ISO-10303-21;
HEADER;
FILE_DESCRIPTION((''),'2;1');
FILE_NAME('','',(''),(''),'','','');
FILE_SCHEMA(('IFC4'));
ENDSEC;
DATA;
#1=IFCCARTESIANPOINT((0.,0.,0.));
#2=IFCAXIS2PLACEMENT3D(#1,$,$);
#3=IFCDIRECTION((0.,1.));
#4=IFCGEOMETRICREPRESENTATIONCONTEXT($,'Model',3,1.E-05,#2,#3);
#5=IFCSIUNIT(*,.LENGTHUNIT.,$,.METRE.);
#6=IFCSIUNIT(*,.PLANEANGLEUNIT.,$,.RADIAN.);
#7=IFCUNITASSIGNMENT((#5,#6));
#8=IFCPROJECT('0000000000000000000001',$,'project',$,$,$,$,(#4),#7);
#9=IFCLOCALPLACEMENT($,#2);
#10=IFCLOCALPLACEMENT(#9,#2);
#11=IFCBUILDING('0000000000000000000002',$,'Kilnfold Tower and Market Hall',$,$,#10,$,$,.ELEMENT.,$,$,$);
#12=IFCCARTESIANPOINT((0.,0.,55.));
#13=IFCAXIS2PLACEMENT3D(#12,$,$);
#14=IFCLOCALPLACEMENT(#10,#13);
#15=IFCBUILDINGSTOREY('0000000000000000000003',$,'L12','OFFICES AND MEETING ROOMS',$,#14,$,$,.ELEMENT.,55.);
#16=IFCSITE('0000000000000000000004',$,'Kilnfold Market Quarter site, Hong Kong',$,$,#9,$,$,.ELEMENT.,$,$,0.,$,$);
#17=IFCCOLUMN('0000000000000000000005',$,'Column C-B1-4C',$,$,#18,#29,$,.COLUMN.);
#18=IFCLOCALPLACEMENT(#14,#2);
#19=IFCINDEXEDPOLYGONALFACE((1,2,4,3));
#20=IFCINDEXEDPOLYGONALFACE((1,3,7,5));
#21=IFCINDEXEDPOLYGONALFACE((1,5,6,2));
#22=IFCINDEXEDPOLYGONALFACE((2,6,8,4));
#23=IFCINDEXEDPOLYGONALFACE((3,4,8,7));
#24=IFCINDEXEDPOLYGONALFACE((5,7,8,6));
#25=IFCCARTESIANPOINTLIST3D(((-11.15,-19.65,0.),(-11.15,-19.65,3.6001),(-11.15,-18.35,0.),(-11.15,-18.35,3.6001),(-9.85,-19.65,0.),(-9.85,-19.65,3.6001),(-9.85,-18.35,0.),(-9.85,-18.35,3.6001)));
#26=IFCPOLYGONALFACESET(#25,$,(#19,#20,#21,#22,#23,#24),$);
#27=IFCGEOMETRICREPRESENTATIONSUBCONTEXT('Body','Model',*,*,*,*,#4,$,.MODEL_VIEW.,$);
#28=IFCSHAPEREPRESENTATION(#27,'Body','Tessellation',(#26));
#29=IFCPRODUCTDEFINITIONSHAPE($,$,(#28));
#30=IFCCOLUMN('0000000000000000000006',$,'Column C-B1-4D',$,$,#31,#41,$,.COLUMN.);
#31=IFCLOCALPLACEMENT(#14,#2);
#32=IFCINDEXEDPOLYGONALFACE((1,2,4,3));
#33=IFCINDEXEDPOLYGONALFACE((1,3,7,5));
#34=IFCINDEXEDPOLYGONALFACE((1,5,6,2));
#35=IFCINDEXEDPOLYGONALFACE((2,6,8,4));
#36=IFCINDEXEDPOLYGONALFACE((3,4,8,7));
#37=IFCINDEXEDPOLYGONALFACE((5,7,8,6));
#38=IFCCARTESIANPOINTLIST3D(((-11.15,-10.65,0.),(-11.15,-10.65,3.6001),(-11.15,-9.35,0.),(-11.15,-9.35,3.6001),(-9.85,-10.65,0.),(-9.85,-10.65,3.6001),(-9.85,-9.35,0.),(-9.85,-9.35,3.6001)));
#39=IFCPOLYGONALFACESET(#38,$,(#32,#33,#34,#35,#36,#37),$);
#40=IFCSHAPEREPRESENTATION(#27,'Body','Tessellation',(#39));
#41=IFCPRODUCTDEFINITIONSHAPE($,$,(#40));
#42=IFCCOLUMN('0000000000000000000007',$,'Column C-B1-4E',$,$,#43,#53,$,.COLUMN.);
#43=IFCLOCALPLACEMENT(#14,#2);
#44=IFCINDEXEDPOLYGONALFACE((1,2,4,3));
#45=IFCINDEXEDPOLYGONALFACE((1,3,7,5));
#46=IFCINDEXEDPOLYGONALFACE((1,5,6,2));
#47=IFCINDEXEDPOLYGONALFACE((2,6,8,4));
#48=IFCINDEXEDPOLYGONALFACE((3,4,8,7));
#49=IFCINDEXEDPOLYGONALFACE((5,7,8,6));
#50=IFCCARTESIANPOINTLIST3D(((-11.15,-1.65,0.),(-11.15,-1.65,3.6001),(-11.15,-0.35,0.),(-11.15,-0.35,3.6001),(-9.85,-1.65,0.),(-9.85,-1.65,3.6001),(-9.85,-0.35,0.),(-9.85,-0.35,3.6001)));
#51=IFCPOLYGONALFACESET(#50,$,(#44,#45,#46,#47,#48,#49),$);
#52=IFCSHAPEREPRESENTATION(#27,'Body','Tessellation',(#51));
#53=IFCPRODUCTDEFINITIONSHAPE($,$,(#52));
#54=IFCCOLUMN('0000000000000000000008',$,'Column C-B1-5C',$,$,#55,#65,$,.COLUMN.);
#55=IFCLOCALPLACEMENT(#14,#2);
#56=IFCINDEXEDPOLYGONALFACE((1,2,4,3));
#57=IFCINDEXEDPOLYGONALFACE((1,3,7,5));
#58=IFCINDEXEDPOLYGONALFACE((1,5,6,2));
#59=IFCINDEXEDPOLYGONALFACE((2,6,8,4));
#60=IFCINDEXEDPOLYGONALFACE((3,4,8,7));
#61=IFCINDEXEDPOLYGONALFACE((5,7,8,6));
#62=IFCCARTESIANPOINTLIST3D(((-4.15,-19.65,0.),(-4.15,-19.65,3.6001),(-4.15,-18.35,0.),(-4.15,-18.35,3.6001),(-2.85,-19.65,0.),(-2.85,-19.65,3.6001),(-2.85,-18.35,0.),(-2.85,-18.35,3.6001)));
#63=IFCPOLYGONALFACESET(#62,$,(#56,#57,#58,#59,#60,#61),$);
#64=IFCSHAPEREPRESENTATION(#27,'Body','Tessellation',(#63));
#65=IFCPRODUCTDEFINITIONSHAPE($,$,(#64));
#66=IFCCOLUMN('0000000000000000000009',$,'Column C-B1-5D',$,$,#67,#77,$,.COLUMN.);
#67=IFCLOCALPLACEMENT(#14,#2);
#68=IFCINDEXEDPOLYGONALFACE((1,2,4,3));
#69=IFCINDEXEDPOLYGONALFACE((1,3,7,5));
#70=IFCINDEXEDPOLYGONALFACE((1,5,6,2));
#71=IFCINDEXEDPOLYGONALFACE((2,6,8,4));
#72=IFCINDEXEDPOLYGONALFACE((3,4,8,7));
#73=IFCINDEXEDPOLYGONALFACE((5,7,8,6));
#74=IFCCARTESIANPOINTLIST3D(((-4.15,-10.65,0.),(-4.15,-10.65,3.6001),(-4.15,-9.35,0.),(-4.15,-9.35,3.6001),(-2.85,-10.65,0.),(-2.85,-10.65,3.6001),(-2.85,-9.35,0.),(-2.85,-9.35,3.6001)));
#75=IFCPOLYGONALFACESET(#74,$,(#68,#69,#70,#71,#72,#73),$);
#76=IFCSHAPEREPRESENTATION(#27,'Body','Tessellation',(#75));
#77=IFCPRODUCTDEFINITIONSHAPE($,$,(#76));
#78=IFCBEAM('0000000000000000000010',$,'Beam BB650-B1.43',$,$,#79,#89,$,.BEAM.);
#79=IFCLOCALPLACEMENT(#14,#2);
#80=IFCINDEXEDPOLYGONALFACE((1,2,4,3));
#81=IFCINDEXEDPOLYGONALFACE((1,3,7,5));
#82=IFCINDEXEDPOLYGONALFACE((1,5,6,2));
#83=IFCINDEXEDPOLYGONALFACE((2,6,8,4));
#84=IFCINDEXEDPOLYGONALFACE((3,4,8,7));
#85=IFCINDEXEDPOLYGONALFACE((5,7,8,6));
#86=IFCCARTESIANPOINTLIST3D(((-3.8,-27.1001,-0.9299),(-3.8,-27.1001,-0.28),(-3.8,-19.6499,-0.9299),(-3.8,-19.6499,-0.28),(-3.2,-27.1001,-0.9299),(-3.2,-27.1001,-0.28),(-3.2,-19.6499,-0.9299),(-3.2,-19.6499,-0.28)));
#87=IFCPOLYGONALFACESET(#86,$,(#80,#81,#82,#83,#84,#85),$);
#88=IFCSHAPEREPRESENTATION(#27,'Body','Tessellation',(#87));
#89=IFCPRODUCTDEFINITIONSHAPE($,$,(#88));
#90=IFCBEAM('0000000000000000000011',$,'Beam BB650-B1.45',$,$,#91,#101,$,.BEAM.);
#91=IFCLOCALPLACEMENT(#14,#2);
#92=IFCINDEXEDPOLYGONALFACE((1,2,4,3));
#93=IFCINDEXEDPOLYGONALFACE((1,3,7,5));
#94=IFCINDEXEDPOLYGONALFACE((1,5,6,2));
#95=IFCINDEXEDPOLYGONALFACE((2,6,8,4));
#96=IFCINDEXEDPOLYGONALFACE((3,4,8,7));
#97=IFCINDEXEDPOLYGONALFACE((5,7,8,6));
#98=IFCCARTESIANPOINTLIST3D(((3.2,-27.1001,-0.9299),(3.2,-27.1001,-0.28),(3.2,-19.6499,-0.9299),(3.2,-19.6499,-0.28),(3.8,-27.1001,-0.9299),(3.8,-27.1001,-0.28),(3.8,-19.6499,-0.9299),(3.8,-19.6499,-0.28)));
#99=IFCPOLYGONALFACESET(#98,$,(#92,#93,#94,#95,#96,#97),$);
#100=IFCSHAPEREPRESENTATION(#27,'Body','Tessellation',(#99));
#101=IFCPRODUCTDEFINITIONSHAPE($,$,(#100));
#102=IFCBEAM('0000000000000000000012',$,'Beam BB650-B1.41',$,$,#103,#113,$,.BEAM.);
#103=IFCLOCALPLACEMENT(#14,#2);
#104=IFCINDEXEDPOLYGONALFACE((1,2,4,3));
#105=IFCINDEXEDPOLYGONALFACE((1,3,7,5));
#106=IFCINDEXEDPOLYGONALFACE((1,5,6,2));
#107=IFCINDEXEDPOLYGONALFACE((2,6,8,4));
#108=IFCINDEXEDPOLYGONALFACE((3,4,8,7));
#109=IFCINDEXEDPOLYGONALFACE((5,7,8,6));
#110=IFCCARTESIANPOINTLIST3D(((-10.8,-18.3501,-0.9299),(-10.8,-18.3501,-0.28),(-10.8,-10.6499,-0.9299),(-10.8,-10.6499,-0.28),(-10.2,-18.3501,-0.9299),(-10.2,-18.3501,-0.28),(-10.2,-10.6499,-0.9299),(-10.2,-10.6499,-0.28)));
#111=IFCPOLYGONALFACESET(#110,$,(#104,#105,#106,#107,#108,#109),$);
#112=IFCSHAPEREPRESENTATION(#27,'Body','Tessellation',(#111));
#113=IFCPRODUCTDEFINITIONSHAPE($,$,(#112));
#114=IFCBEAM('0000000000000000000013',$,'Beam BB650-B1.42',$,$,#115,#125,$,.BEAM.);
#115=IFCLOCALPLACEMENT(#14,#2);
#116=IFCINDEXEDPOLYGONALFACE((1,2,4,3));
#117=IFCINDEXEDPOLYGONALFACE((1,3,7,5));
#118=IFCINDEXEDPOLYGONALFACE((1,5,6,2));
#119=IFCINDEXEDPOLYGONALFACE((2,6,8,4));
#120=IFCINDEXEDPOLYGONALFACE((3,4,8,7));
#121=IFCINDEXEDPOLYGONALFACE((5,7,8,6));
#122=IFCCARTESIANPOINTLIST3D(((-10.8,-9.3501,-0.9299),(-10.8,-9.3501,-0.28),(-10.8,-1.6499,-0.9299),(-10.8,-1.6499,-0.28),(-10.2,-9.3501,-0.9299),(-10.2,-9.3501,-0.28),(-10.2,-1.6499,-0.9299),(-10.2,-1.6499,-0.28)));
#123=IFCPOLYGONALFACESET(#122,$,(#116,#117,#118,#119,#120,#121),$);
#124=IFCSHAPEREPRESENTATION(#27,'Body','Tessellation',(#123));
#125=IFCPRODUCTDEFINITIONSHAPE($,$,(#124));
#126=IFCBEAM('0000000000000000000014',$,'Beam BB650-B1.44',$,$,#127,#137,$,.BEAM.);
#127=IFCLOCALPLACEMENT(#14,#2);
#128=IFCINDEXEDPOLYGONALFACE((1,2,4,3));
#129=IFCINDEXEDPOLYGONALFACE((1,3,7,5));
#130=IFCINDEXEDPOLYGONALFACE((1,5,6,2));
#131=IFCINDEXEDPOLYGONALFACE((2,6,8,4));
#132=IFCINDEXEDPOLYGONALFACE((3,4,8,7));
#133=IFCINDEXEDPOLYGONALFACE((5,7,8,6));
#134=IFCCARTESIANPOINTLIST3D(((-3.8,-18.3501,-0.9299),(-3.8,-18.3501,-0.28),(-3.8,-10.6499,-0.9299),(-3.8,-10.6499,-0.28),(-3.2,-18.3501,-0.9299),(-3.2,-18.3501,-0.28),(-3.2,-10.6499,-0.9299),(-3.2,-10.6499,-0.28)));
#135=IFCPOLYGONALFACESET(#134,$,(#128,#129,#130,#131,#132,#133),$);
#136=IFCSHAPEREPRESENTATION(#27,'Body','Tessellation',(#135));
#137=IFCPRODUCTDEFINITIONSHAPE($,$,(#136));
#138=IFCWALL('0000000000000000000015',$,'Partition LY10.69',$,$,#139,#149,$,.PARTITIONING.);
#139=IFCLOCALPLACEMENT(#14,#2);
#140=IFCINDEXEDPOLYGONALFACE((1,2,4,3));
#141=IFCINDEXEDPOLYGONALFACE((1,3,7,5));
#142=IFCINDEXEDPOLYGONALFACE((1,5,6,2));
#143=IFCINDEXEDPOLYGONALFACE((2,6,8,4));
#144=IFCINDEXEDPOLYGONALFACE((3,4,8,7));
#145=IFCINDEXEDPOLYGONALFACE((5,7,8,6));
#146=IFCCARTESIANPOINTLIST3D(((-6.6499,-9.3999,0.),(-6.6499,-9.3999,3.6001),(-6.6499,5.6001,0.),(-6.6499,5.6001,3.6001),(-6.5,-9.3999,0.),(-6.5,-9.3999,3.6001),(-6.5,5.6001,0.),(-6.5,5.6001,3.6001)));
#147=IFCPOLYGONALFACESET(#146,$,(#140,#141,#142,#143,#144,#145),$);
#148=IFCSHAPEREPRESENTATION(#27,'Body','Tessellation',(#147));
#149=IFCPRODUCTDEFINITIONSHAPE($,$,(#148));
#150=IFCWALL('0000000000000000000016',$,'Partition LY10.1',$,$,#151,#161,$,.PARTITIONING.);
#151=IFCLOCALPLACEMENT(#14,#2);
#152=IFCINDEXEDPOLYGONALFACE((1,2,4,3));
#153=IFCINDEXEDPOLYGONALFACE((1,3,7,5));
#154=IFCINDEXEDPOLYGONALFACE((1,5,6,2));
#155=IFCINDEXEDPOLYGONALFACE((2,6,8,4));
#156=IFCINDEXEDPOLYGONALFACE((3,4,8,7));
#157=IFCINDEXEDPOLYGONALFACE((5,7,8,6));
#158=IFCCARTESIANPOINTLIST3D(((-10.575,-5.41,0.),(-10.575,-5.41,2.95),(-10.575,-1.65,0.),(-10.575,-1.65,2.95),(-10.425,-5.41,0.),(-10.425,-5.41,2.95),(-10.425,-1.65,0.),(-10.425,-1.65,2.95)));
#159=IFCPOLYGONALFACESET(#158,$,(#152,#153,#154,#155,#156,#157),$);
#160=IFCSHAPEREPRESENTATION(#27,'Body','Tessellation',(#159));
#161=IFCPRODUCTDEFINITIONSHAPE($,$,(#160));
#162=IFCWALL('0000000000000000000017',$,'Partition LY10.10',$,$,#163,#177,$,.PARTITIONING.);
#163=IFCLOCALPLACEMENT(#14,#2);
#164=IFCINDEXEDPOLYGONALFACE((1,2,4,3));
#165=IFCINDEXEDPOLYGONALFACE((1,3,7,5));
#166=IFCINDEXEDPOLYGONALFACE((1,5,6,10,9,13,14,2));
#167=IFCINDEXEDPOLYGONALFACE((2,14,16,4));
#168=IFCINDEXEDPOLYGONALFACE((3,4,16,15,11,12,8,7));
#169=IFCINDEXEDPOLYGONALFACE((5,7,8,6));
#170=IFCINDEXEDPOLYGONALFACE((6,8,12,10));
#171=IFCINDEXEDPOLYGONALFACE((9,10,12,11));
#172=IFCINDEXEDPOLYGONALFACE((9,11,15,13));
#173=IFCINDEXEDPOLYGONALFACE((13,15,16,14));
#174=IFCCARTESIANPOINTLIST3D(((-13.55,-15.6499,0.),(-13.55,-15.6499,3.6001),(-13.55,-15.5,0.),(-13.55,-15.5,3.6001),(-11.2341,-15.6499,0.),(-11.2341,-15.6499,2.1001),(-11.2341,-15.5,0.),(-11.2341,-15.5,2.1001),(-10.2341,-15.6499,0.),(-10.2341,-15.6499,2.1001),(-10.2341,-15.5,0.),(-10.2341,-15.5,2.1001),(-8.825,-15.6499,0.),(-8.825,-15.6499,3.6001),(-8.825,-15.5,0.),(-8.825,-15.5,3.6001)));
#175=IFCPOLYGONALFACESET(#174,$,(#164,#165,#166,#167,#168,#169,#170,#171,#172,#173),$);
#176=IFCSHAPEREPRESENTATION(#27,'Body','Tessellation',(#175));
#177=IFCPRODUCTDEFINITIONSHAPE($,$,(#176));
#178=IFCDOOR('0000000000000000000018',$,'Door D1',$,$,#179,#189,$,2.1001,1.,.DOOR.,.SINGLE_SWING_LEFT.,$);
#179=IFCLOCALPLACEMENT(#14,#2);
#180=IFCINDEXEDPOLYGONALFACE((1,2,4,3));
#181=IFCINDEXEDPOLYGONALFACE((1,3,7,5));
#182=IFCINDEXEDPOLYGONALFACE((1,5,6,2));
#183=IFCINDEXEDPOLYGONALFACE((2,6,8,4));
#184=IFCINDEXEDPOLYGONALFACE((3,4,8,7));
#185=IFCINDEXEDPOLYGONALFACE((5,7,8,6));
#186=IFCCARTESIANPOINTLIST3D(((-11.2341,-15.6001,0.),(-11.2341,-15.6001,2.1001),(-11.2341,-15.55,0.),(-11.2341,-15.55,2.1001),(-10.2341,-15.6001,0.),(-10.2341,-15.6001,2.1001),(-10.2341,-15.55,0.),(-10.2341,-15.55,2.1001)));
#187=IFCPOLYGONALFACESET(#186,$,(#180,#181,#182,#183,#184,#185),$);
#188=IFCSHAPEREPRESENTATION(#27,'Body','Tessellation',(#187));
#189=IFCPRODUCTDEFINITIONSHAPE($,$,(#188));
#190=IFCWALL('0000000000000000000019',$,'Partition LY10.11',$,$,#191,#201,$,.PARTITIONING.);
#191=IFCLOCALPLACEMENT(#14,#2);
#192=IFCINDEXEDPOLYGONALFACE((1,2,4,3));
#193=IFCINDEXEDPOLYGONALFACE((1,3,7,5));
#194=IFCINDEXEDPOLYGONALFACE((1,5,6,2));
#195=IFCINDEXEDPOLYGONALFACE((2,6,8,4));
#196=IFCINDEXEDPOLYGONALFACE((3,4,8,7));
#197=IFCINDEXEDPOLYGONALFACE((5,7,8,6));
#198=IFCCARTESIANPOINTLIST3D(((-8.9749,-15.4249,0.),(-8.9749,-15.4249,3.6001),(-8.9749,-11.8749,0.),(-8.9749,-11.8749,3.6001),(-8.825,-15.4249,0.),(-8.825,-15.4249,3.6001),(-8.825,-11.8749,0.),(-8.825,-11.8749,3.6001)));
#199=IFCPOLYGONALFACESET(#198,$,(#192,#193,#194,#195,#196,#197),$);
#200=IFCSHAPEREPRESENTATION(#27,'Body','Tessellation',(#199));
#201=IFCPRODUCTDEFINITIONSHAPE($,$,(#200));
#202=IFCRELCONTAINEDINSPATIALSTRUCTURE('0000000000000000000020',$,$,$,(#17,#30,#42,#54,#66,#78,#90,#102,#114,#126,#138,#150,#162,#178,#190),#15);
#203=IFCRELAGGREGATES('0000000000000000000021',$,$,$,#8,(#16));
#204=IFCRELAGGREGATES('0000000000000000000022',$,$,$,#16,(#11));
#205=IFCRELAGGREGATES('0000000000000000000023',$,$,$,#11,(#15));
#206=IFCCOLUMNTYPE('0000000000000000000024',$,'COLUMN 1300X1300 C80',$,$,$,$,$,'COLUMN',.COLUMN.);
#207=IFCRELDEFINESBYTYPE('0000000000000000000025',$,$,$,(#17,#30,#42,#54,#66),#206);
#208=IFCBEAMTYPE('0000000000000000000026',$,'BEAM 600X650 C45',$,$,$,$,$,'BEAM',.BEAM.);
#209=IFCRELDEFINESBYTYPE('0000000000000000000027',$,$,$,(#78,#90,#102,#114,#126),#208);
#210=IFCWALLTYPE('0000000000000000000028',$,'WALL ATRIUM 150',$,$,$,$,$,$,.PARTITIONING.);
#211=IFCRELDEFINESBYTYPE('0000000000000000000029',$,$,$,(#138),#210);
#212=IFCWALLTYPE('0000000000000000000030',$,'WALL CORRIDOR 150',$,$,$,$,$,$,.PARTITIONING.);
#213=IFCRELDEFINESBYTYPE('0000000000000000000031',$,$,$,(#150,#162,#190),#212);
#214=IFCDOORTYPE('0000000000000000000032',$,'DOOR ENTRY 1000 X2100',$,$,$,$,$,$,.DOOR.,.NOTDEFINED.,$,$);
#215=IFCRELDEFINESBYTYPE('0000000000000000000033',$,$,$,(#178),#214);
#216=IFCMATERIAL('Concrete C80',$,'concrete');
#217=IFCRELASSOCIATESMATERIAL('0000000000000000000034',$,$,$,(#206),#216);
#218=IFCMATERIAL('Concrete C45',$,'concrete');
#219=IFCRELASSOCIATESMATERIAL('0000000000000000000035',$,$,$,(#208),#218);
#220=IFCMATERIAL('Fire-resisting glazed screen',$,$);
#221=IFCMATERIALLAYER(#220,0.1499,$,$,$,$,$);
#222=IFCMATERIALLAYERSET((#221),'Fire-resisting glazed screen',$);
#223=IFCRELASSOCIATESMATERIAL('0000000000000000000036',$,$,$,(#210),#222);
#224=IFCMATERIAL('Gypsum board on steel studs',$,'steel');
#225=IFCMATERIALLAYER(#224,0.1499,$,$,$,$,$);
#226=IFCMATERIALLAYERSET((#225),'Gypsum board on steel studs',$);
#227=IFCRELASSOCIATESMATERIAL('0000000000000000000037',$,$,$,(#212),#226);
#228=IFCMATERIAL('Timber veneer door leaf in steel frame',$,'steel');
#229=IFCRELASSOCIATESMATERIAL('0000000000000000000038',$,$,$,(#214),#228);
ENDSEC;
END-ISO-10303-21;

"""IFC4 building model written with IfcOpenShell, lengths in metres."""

from ifc_helpers import new_model, si_unit, direction, frame, frame_2d, origin, origin_2d, place, context, subcontext, project, spatial, rectangle, extrude, source, transform, mapped, material, layer, layer_set, material_profile, profile_set, type_object, element, fill, save


model = new_model("IFC4")

# Units and contexts
model_context = context("Model", 3, precision=1e-05, world=origin(), true_north=direction((0.0, 1.0)))
body_context = subcontext(model_context, "Body", "Model", "MODEL_VIEW")
ifc_project = project(units=[si_unit("LENGTHUNIT", "METRE"), si_unit("PLANEANGLEUNIT", "RADIAN")], contexts=[model_context])

# Site, building, storey
site_placement = place(None, origin())
site = spatial("IfcSite", under=ifc_project, at=site_placement, Name="Kilnfold Market Quarter site, Hong Kong", CompositionType="ELEMENT", RefElevation=0.0)
building_placement = place(site_placement, origin())
building = spatial("IfcBuilding", under=site, at=building_placement, Name="Kilnfold Tower and Market Hall", CompositionType="ELEMENT")
storey_placement = place(building_placement, frame((0.0, 0.0, 55.0)))
storey = spatial("IfcBuildingStorey", under=building, at=storey_placement, Name="L12", Description="OFFICES AND MEETING ROOMS", CompositionType="ELEMENT", Elevation=55.0)

# Columns
ifc_material_1 = material(Name="Concrete C80", Category="concrete")
ifc_material_profile_1 = material_profile(ifc_material_1, rectangle(XDim=1.3, YDim=1.3, at=origin_2d()), Name="RC 1300x1300")
ifc_profile_set_1 = profile_set([ifc_material_profile_1], Name="Concrete C80")
column_type = type_object("IfcColumnType", Name="COLUMN 1300X1300 C80", ElementType="COLUMN", PredefinedType="COLUMN", material=ifc_profile_set_1)
shared_shape_1 = source(origin(), body_context, "Body", "SweptSolid", [
    extrude(rectangle(XDim=1.3, YDim=1.3, at=origin_2d()), origin(), (0.0, 0.0, 1.0), 3.6001),
])
for number, where, z_axis, x_axis, name in (
    (1, (-10.5, -19.0, 0.0), (0.0, 0.0, 1.0), (1.0, 0.0, 0.0), "Column C-B1-4C"),
    (2, (-10.5, -10.0, 0.0), (0.0, 0.0, 1.0), (1.0, 0.0, 0.0), "Column C-B1-4D"),
    (3, (-10.5, -1.0, 0.0), (0.0, 0.0, 1.0), (1.0, 0.0, 0.0), "Column C-B1-4E"),
    (4, (-3.5, -19.0, 0.0), (0.0, 0.0, 1.0), (1.0, 0.0, 0.0), "Column C-B1-5C"),
    (5, (-3.5, -10.0, 0.0), (0.0, 0.0, 1.0), (1.0, 0.0, 0.0), "Column C-B1-5D"),
):
    element("IfcColumn", number, at=place(storey_placement, frame(where, z_axis=z_axis, x_axis=x_axis)), inside=storey, type_object=column_type, Name=name, PredefinedType="COLUMN", context=body_context, shape_type="MappedRepresentation", body=[
        mapped(shared_shape_1, transform((0.0, 0.0, 0.0))),
    ])

# Beams
ifc_material_2 = material(Name="Concrete C45", Category="concrete")
ifc_material_profile_2 = material_profile(ifc_material_2, rectangle(XDim=0.6001, YDim=0.6499, at=origin_2d()), Name="RC 600x650")
ifc_profile_set_2 = profile_set([ifc_material_profile_2], Name="Concrete C45")
beam_type = type_object("IfcBeamType", Name="BEAM 600X650 C45", ElementType="BEAM", PredefinedType="BEAM", material=ifc_profile_set_2)
shared_shape_2 = source(origin(), body_context, "Body", "SweptSolid", [
    extrude(rectangle(XDim=0.6001, YDim=0.6499, at=origin_2d()), origin(), (0.0, 0.0, 1.0), 7.4502),
])
for number, where, z_axis, x_axis, name in (
    (6, (-3.5, -27.1001, -0.605), (0.0, 1.0, 0.0), (-1.0, 0.0, 0.0), "Beam BB650-B1.43"),
    (7, (3.5, -27.1001, -0.605), (0.0, 1.0, 0.0), (-1.0, 0.0, 0.0), "Beam BB650-B1.45"),
):
    element("IfcBeam", number, at=place(storey_placement, frame(where, z_axis=z_axis, x_axis=x_axis)), inside=storey, type_object=beam_type, Name=name, PredefinedType="BEAM", context=body_context, shape_type="MappedRepresentation", body=[
        mapped(shared_shape_2, transform((0.0, 0.0, 0.0))),
    ])
shared_shape_3 = source(origin(), body_context, "Body", "SweptSolid", [
    extrude(rectangle(XDim=0.6001, YDim=0.6499, at=origin_2d()), origin(), (0.0, 0.0, 1.0), 7.7002),
])
for number, where, z_axis, x_axis, name in (
    (8, (-10.5, -18.3501, -0.605), (0.0, 1.0, 0.0), (-1.0, 0.0, 0.0), "Beam BB650-B1.41"),
    (9, (-10.5, -9.3501, -0.605), (0.0, 1.0, 0.0), (-1.0, 0.0, 0.0), "Beam BB650-B1.42"),
    (10, (-3.5, -18.3501, -0.605), (0.0, 1.0, 0.0), (-1.0, 0.0, 0.0), "Beam BB650-B1.44"),
):
    element("IfcBeam", number, at=place(storey_placement, frame(where, z_axis=z_axis, x_axis=x_axis)), inside=storey, type_object=beam_type, Name=name, PredefinedType="BEAM", context=body_context, shape_type="MappedRepresentation", body=[
        mapped(shared_shape_3, transform((0.0, 0.0, 0.0))),
    ])

# Walls
ifc_material_3 = material(Name="Fire-resisting glazed screen")
ifc_layer_1 = layer(ifc_material_3, 0.1499)
ifc_layer_set_1 = layer_set([ifc_layer_1], Name="Fire-resisting glazed screen")
wall_type_1 = type_object("IfcWallType", Name="WALL ATRIUM 150", PredefinedType="PARTITIONING", material=ifc_layer_set_1)
wall_1_placement = place(storey_placement, frame((-6.575, -9.3999, 0.0), z_axis=(0.0, 0.0, 1.0), x_axis=(0.0, 1.0, 0.0)))
element("IfcWall", 11, at=wall_1_placement, inside=storey, type_object=wall_type_1, Name="Partition LY10.69", PredefinedType="PARTITIONING", context=body_context, shape_type="SweptSolid", body=[
    extrude(rectangle(XDim=15.0, YDim=0.1499, at=frame_2d((7.5, 0.0))), origin(), (0.0, 0.0, 1.0), 3.6001),
])
ifc_material_4 = material(Name="Gypsum board on steel studs", Category="steel")
ifc_layer_2 = layer(ifc_material_4, 0.1499)
ifc_layer_set_2 = layer_set([ifc_layer_2], Name="Gypsum board on steel studs")
wall_type_2 = type_object("IfcWallType", Name="WALL CORRIDOR 150", PredefinedType="PARTITIONING", material=ifc_layer_set_2)
wall_2_placement = place(storey_placement, frame((-10.5, -5.4099, 0.0), z_axis=(0.0, 0.0, 1.0), x_axis=(0.0, 1.0, 0.0)))
element("IfcWall", 12, at=wall_2_placement, inside=storey, type_object=wall_type_2, Name="Partition LY10.1", PredefinedType="PARTITIONING", context=body_context, shape_type="SweptSolid", body=[
    extrude(rectangle(XDim=3.76, YDim=0.1499, at=frame_2d((1.8799, 0.0))), origin(), (0.0, 0.0, 1.0), 2.95),
])

# Wall, opening, door
wall_3_placement = place(storey_placement, frame((-13.55, -15.575, 0.0), z_axis=(0.0, 0.0, 1.0), x_axis=(1.0, 0.0, 0.0)))
wall_3 = element("IfcWall", 13, at=wall_3_placement, inside=storey, type_object=wall_type_2, Name="Partition LY10.10", PredefinedType="PARTITIONING", context=body_context, shape_type="SweptSolid", body=[
    extrude(rectangle(XDim=4.7251, YDim=0.1499, at=frame_2d((2.3625, 0.0))), origin(), (0.0, 0.0, 1.0), 3.6001),
])
opening_1_placement = place(wall_3_placement, frame((2.3159, 0.0, 0.0)))
opening_1 = element("IfcOpeningElement", 14, at=opening_1_placement, cuts=wall_3, PredefinedType="OPENING", context=body_context, shape_type="SweptSolid", body=[
    extrude(rectangle(XDim=1.0, YDim=2.1001, at=frame_2d((0.5, 1.05))), frame((0.0, 0.085, 0.0), z_axis=(0.0, -1.0, 0.0), x_axis=(1.0, 0.0, 0.0)), (0.0, 0.0, 1.0), 0.1699),
])
ifc_material_5 = material(Name="Timber veneer door leaf in steel frame", Category="steel")
door_type_1 = type_object("IfcDoorType", Name="DOOR ENTRY 1000 X2100", OperationType="NOTDEFINED", PredefinedType="DOOR", material=ifc_material_5)
door_1_placement = place(opening_1_placement, origin())
door_1 = element("IfcDoor", 15, at=door_1_placement, inside=storey, type_object=door_type_1, Name="Door D1", OperationType="SINGLE_SWING_LEFT", OverallHeight=2.1001, OverallWidth=1.0, PredefinedType="DOOR", context=body_context, shape_type="SweptSolid", body=[
    extrude(rectangle(XDim=1.0, YDim=2.1001, at=frame_2d((0.5, 1.05))), frame((0.0, 0.0249, 0.0), z_axis=(0.0, -1.0, 0.0), x_axis=(1.0, 0.0, 0.0)), (0.0, 0.0, 1.0), 0.05),
])
fill(opening_1, door_1)

# Wall
wall_4_placement = place(storey_placement, frame((-8.8999, -11.875, 0.0), z_axis=(0.0, 0.0, 1.0), x_axis=(0.0, -1.0, 0.0)))
element("IfcWall", 16, at=wall_4_placement, inside=storey, type_object=wall_type_2, Name="Partition LY10.11", PredefinedType="PARTITIONING", context=body_context, shape_type="SweptSolid", body=[
    extrude(rectangle(XDim=3.55, YDim=0.1499, at=frame_2d((1.7749, 0.0))), origin(), (0.0, 0.0, 1.0), 3.6001),
])

save(model, "model.ifc")
